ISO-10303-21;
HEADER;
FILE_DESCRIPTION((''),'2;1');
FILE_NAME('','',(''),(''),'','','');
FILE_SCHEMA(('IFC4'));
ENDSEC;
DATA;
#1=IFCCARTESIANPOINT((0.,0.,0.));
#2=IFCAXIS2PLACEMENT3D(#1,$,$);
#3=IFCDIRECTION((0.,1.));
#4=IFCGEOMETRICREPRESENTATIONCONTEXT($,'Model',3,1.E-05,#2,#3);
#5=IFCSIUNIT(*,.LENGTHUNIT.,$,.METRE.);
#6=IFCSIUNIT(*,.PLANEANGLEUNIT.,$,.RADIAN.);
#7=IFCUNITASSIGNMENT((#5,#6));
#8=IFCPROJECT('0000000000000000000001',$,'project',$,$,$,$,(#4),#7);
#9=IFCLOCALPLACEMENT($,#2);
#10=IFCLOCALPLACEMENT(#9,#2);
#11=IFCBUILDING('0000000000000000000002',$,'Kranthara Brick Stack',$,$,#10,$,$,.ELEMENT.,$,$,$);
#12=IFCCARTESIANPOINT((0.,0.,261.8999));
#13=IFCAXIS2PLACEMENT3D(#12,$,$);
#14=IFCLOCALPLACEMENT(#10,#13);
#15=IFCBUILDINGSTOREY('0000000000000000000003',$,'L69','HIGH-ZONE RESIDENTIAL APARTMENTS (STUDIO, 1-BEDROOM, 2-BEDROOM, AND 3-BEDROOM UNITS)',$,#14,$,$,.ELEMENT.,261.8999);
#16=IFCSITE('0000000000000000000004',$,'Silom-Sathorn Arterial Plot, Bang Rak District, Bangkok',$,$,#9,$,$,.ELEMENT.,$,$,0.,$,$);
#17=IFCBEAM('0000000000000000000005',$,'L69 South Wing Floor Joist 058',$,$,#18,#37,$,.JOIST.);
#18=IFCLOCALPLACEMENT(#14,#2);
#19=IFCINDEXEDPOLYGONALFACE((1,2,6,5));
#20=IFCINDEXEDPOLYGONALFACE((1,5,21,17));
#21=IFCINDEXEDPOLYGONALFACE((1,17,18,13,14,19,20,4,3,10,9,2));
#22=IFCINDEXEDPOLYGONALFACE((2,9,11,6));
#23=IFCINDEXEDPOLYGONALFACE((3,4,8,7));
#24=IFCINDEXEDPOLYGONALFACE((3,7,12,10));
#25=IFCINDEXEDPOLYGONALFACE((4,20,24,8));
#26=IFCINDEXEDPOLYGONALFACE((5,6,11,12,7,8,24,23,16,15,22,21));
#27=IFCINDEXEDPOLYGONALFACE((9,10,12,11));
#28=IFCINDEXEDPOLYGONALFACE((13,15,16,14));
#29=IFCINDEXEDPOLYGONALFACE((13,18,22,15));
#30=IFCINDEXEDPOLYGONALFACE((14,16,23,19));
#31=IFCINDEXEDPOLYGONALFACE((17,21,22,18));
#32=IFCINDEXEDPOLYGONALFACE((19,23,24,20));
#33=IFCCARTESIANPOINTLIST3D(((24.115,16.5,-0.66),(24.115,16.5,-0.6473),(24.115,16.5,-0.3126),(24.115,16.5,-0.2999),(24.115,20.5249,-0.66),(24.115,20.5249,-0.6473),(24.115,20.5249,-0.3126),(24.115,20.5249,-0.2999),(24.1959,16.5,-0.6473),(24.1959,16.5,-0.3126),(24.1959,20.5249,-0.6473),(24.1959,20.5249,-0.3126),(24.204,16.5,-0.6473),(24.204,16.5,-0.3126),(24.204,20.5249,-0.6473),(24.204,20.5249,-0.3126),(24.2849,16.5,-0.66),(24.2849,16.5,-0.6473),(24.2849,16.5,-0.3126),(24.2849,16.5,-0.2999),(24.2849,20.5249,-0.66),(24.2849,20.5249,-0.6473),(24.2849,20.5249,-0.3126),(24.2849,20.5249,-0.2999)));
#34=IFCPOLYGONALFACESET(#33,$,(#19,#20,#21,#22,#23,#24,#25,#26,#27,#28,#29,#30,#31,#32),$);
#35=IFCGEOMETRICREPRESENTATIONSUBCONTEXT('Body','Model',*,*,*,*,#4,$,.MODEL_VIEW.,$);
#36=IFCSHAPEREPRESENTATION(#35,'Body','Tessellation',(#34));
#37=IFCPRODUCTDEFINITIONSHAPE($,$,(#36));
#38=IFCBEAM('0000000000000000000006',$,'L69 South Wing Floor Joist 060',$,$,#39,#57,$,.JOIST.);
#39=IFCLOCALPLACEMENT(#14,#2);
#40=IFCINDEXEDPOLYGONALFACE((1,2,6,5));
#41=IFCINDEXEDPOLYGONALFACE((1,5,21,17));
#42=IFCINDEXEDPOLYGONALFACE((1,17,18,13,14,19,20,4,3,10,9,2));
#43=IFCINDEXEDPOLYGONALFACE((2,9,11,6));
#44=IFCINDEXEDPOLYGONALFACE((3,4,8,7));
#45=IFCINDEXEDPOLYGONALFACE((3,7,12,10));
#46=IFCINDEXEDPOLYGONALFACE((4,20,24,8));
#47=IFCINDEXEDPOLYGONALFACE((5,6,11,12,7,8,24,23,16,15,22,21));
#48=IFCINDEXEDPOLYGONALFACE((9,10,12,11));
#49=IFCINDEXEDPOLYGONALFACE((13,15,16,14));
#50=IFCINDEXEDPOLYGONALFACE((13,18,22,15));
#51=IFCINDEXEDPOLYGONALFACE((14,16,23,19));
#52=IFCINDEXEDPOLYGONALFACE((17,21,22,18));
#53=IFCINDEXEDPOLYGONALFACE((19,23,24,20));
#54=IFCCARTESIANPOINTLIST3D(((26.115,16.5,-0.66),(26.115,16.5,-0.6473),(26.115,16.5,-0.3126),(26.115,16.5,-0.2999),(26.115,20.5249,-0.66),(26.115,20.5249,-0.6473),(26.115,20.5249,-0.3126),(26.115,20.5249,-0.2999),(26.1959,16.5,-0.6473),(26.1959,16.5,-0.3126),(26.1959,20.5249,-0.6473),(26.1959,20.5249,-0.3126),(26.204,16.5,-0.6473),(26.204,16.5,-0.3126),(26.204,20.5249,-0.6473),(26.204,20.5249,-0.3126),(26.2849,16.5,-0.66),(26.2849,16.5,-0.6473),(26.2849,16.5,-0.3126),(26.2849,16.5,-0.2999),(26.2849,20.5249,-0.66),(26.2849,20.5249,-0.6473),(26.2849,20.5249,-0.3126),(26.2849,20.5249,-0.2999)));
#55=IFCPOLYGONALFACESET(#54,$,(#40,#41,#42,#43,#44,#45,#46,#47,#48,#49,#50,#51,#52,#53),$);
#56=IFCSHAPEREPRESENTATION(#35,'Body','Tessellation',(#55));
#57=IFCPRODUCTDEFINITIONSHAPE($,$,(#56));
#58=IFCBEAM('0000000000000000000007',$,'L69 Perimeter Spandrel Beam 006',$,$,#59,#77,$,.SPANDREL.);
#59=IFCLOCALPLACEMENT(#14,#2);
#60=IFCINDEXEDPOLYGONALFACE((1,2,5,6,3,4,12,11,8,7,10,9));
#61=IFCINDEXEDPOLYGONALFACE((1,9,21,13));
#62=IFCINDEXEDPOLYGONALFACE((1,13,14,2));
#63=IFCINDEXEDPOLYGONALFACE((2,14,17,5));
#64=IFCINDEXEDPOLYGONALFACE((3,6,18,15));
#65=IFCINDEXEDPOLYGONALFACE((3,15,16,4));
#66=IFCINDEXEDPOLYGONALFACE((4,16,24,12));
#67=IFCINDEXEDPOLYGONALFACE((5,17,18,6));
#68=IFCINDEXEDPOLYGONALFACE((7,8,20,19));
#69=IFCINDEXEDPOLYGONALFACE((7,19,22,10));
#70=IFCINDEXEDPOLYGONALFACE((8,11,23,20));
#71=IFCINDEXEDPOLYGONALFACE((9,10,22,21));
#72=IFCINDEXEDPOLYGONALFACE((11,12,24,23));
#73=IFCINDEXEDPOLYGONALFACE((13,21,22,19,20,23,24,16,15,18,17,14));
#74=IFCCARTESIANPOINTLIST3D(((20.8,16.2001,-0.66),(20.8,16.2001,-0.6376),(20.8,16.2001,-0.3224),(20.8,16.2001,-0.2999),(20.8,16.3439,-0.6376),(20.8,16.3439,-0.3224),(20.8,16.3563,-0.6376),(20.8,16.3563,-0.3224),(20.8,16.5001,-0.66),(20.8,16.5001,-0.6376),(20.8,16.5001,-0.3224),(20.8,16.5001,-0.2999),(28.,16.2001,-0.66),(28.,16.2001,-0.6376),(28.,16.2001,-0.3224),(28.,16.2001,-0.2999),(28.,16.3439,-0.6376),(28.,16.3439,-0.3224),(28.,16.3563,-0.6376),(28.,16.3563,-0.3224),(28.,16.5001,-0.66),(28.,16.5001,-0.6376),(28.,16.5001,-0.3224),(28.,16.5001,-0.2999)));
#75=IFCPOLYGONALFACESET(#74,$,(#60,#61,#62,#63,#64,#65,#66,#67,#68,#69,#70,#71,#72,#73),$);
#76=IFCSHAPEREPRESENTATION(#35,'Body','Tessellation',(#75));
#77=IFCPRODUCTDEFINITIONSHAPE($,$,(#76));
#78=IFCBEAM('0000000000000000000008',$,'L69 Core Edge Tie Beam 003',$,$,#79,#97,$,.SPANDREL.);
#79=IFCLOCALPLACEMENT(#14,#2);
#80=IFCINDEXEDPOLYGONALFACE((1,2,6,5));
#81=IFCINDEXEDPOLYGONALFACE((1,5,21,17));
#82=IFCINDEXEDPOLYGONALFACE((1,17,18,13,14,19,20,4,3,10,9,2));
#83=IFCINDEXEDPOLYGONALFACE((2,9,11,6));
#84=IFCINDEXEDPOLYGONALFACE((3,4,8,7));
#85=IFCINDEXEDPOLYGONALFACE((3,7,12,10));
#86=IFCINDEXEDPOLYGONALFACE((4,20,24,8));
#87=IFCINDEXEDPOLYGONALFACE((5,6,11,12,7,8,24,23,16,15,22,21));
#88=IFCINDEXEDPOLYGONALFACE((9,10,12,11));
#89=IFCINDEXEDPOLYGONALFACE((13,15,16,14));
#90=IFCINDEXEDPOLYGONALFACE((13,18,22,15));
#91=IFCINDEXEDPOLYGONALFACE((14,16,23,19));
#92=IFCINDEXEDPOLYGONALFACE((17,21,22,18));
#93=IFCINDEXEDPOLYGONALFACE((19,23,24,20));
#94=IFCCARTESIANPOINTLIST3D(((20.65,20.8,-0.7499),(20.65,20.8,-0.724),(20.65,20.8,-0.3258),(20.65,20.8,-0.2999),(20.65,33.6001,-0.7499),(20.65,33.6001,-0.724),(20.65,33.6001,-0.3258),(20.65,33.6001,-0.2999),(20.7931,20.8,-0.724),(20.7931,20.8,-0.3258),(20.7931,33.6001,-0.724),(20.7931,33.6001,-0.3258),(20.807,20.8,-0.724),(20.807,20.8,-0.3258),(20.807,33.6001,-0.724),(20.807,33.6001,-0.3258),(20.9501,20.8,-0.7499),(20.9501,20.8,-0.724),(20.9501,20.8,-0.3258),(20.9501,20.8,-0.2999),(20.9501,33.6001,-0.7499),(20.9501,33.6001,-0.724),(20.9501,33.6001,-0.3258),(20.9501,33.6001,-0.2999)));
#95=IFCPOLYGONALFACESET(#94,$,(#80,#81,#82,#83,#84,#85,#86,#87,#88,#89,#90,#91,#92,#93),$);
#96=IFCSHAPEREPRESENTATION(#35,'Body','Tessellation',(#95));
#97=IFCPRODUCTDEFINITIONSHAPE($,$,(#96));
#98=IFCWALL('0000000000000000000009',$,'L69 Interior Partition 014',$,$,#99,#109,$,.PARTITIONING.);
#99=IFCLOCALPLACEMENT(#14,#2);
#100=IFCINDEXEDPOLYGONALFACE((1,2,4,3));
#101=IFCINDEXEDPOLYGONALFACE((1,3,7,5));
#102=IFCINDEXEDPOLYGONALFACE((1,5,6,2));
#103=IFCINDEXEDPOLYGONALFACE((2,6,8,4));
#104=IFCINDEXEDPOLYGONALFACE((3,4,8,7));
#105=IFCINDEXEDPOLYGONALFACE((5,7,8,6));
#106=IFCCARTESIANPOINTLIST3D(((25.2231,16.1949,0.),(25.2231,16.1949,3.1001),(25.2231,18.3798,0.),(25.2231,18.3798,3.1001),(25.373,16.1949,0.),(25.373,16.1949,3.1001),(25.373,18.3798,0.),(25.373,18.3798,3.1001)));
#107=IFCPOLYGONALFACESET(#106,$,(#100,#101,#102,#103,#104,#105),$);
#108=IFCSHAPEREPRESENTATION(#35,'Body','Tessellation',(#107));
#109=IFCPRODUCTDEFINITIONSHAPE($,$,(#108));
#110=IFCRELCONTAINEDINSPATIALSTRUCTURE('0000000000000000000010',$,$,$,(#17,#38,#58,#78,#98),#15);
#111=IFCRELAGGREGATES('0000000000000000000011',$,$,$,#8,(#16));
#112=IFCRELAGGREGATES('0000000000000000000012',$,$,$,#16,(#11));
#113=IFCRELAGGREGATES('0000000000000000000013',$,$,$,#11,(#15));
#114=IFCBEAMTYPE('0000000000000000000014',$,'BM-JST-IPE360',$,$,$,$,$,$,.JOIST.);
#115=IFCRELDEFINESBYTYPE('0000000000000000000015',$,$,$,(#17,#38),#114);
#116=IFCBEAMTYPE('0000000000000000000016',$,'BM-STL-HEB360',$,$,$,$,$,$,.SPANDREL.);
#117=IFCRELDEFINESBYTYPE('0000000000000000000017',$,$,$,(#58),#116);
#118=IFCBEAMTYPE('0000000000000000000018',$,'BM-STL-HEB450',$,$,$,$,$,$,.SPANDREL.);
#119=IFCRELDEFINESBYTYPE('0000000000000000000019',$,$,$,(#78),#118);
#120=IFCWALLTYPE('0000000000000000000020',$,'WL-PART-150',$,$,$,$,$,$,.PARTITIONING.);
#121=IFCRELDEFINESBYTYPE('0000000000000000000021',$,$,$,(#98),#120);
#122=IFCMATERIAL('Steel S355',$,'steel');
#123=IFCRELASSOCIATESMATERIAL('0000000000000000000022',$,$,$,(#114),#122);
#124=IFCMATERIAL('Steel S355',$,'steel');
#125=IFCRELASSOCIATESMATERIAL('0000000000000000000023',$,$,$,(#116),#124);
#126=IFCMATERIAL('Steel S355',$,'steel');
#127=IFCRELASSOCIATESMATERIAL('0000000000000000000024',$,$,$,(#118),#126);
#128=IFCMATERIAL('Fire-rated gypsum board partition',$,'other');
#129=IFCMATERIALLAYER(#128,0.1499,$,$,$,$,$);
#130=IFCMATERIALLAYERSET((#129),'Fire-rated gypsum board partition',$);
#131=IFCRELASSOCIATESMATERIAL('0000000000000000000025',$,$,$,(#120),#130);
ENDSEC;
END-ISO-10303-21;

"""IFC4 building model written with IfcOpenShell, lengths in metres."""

from ifc_helpers import new_model, si_unit, direction, frame, frame_2d, origin, origin_2d, place, context, subcontext, project, spatial, rectangle, i_section, extrude, material, layer, layer_set, material_profile, profile_set, type_object, element, save


model = new_model("IFC4")

# Units and contexts
model_context = context("Model", 3, precision=1e-05, world=origin(), true_north=direction((0.0, 1.0)))
body_context = subcontext(model_context, "Body", "Model", "MODEL_VIEW")
ifc_project = project(units=[si_unit("LENGTHUNIT", "METRE"), si_unit("PLANEANGLEUNIT", "RADIAN")], contexts=[model_context])

# Site, building, storey
site_placement = place(None, origin())
site = spatial("IfcSite", under=ifc_project, at=site_placement, Name="Silom-Sathorn Arterial Plot, Bang Rak District, Bangkok", CompositionType="ELEMENT", RefElevation=0.0)
building_placement = place(site_placement, origin())
building = spatial("IfcBuilding", under=site, at=building_placement, Name="Kranthara Brick Stack", CompositionType="ELEMENT")
storey_placement = place(building_placement, frame((0.0, 0.0, 261.8999)))
storey = spatial("IfcBuildingStorey", under=building, at=storey_placement, Name="L69", Description="HIGH-ZONE RESIDENTIAL APARTMENTS (STUDIO, 1-BEDROOM, 2-BEDROOM, AND 3-BEDROOM UNITS)", CompositionType="ELEMENT", Elevation=261.8999)

# Beams
ifc_material_1 = material(Name="Steel S355", Category="steel")
ifc_material_profile_1 = material_profile(ifc_material_1, i_section(OverallWidth=0.1699, OverallDepth=0.3601, WebThickness=0.0081, FlangeThickness=0.0127, at=origin_2d()), Name="IPE 360")
ifc_profile_set_1 = profile_set([ifc_material_profile_1], Name="Steel S355")
beam_type_1 = type_object("IfcBeamType", Name="BM-JST-IPE360", PredefinedType="JOIST", material=ifc_profile_set_1)
for number, where, z_axis, x_axis, name in (
    (1, (24.2, 16.5, -0.48), (0.0, 1.0, 0.0), (-1.0, 0.0, 0.0), "L69 South Wing Floor Joist 058"),
    (2, (26.2, 16.5, -0.48), (0.0, 1.0, 0.0), (-1.0, 0.0, 0.0), "L69 South Wing Floor Joist 060"),
):
    element("IfcBeam", number, at=place(storey_placement, frame(where, z_axis=z_axis, x_axis=x_axis)), inside=storey, type_object=beam_type_1, Name=name, PredefinedType="JOIST", context=body_context, shape_type="SweptSolid", body=[
        extrude(i_section(OverallWidth=0.1699, OverallDepth=0.3601, WebThickness=0.0081, FlangeThickness=0.0127, at=origin_2d()), origin(), (0.0, 0.0, 1.0), 4.0249),
    ])
ifc_material_2 = material(Name="Steel S355", Category="steel")
ifc_material_profile_2 = material_profile(ifc_material_2, i_section(OverallWidth=0.3, OverallDepth=0.3601, WebThickness=0.0125, FlangeThickness=0.0225, at=origin_2d()), Name="HEB 360")
ifc_profile_set_2 = profile_set([ifc_material_profile_2], Name="Steel S355")
beam_type_2 = type_object("IfcBeamType", Name="BM-STL-HEB360", PredefinedType="SPANDREL", material=ifc_profile_set_2)
beam_1_placement = place(storey_placement, frame((20.8, 16.3501, -0.48), z_axis=(1.0, 0.0, 0.0), x_axis=(0.0, 1.0, 0.0)))
element("IfcBeam", 3, at=beam_1_placement, inside=storey, type_object=beam_type_2, Name="L69 Perimeter Spandrel Beam 006", PredefinedType="SPANDREL", context=body_context, shape_type="SweptSolid", body=[
    extrude(i_section(OverallWidth=0.3, OverallDepth=0.3601, WebThickness=0.0125, FlangeThickness=0.0225, at=origin_2d()), origin(), (0.0, 0.0, 1.0), 7.2),
])
ifc_material_3 = material(Name="Steel S355", Category="steel")
ifc_material_profile_3 = material_profile(ifc_material_3, i_section(OverallWidth=0.3, OverallDepth=0.45, WebThickness=0.0139, FlangeThickness=0.0259, at=origin_2d()), Name="HEB 450")
ifc_profile_set_3 = profile_set([ifc_material_profile_3], Name="Steel S355")
beam_type_3 = type_object("IfcBeamType", Name="BM-STL-HEB450", PredefinedType="SPANDREL", material=ifc_profile_set_3)
beam_2_placement = place(storey_placement, frame((20.8, 20.8, -0.5249), z_axis=(0.0, 1.0, 0.0), x_axis=(-1.0, 0.0, 0.0)))
element("IfcBeam", 4, at=beam_2_placement, inside=storey, type_object=beam_type_3, Name="L69 Core Edge Tie Beam 003", PredefinedType="SPANDREL", context=body_context, shape_type="SweptSolid", body=[
    extrude(i_section(OverallWidth=0.3, OverallDepth=0.45, WebThickness=0.0139, FlangeThickness=0.0259, at=origin_2d()), origin(), (0.0, 0.0, 1.0), 12.8),
])

# Wall
ifc_material_4 = material(Name="Fire-rated gypsum board partition", Category="other")
ifc_layer_1 = layer(ifc_material_4, 0.1499)
ifc_layer_set_1 = layer_set([ifc_layer_1], Name="Fire-rated gypsum board partition")
wall_type_1 = type_object("IfcWallType", Name="WL-PART-150", PredefinedType="PARTITIONING", material=ifc_layer_set_1)
wall_1_placement = place(storey_placement, frame((25.2981, 16.1951, 0.0), z_axis=(0.0, 0.0, 1.0), x_axis=(0.0, 1.0, 0.0)))
element("IfcWall", 5, at=wall_1_placement, inside=storey, type_object=wall_type_1, Name="L69 Interior Partition 014", PredefinedType="PARTITIONING", context=body_context, shape_type="SweptSolid", body=[
    extrude(rectangle(XDim=2.1848, YDim=0.1499, at=frame_2d((1.0923, 0.0))), origin(), (0.0, 0.0, 1.0), 3.1001),
])

save(model, "model.ifc")
